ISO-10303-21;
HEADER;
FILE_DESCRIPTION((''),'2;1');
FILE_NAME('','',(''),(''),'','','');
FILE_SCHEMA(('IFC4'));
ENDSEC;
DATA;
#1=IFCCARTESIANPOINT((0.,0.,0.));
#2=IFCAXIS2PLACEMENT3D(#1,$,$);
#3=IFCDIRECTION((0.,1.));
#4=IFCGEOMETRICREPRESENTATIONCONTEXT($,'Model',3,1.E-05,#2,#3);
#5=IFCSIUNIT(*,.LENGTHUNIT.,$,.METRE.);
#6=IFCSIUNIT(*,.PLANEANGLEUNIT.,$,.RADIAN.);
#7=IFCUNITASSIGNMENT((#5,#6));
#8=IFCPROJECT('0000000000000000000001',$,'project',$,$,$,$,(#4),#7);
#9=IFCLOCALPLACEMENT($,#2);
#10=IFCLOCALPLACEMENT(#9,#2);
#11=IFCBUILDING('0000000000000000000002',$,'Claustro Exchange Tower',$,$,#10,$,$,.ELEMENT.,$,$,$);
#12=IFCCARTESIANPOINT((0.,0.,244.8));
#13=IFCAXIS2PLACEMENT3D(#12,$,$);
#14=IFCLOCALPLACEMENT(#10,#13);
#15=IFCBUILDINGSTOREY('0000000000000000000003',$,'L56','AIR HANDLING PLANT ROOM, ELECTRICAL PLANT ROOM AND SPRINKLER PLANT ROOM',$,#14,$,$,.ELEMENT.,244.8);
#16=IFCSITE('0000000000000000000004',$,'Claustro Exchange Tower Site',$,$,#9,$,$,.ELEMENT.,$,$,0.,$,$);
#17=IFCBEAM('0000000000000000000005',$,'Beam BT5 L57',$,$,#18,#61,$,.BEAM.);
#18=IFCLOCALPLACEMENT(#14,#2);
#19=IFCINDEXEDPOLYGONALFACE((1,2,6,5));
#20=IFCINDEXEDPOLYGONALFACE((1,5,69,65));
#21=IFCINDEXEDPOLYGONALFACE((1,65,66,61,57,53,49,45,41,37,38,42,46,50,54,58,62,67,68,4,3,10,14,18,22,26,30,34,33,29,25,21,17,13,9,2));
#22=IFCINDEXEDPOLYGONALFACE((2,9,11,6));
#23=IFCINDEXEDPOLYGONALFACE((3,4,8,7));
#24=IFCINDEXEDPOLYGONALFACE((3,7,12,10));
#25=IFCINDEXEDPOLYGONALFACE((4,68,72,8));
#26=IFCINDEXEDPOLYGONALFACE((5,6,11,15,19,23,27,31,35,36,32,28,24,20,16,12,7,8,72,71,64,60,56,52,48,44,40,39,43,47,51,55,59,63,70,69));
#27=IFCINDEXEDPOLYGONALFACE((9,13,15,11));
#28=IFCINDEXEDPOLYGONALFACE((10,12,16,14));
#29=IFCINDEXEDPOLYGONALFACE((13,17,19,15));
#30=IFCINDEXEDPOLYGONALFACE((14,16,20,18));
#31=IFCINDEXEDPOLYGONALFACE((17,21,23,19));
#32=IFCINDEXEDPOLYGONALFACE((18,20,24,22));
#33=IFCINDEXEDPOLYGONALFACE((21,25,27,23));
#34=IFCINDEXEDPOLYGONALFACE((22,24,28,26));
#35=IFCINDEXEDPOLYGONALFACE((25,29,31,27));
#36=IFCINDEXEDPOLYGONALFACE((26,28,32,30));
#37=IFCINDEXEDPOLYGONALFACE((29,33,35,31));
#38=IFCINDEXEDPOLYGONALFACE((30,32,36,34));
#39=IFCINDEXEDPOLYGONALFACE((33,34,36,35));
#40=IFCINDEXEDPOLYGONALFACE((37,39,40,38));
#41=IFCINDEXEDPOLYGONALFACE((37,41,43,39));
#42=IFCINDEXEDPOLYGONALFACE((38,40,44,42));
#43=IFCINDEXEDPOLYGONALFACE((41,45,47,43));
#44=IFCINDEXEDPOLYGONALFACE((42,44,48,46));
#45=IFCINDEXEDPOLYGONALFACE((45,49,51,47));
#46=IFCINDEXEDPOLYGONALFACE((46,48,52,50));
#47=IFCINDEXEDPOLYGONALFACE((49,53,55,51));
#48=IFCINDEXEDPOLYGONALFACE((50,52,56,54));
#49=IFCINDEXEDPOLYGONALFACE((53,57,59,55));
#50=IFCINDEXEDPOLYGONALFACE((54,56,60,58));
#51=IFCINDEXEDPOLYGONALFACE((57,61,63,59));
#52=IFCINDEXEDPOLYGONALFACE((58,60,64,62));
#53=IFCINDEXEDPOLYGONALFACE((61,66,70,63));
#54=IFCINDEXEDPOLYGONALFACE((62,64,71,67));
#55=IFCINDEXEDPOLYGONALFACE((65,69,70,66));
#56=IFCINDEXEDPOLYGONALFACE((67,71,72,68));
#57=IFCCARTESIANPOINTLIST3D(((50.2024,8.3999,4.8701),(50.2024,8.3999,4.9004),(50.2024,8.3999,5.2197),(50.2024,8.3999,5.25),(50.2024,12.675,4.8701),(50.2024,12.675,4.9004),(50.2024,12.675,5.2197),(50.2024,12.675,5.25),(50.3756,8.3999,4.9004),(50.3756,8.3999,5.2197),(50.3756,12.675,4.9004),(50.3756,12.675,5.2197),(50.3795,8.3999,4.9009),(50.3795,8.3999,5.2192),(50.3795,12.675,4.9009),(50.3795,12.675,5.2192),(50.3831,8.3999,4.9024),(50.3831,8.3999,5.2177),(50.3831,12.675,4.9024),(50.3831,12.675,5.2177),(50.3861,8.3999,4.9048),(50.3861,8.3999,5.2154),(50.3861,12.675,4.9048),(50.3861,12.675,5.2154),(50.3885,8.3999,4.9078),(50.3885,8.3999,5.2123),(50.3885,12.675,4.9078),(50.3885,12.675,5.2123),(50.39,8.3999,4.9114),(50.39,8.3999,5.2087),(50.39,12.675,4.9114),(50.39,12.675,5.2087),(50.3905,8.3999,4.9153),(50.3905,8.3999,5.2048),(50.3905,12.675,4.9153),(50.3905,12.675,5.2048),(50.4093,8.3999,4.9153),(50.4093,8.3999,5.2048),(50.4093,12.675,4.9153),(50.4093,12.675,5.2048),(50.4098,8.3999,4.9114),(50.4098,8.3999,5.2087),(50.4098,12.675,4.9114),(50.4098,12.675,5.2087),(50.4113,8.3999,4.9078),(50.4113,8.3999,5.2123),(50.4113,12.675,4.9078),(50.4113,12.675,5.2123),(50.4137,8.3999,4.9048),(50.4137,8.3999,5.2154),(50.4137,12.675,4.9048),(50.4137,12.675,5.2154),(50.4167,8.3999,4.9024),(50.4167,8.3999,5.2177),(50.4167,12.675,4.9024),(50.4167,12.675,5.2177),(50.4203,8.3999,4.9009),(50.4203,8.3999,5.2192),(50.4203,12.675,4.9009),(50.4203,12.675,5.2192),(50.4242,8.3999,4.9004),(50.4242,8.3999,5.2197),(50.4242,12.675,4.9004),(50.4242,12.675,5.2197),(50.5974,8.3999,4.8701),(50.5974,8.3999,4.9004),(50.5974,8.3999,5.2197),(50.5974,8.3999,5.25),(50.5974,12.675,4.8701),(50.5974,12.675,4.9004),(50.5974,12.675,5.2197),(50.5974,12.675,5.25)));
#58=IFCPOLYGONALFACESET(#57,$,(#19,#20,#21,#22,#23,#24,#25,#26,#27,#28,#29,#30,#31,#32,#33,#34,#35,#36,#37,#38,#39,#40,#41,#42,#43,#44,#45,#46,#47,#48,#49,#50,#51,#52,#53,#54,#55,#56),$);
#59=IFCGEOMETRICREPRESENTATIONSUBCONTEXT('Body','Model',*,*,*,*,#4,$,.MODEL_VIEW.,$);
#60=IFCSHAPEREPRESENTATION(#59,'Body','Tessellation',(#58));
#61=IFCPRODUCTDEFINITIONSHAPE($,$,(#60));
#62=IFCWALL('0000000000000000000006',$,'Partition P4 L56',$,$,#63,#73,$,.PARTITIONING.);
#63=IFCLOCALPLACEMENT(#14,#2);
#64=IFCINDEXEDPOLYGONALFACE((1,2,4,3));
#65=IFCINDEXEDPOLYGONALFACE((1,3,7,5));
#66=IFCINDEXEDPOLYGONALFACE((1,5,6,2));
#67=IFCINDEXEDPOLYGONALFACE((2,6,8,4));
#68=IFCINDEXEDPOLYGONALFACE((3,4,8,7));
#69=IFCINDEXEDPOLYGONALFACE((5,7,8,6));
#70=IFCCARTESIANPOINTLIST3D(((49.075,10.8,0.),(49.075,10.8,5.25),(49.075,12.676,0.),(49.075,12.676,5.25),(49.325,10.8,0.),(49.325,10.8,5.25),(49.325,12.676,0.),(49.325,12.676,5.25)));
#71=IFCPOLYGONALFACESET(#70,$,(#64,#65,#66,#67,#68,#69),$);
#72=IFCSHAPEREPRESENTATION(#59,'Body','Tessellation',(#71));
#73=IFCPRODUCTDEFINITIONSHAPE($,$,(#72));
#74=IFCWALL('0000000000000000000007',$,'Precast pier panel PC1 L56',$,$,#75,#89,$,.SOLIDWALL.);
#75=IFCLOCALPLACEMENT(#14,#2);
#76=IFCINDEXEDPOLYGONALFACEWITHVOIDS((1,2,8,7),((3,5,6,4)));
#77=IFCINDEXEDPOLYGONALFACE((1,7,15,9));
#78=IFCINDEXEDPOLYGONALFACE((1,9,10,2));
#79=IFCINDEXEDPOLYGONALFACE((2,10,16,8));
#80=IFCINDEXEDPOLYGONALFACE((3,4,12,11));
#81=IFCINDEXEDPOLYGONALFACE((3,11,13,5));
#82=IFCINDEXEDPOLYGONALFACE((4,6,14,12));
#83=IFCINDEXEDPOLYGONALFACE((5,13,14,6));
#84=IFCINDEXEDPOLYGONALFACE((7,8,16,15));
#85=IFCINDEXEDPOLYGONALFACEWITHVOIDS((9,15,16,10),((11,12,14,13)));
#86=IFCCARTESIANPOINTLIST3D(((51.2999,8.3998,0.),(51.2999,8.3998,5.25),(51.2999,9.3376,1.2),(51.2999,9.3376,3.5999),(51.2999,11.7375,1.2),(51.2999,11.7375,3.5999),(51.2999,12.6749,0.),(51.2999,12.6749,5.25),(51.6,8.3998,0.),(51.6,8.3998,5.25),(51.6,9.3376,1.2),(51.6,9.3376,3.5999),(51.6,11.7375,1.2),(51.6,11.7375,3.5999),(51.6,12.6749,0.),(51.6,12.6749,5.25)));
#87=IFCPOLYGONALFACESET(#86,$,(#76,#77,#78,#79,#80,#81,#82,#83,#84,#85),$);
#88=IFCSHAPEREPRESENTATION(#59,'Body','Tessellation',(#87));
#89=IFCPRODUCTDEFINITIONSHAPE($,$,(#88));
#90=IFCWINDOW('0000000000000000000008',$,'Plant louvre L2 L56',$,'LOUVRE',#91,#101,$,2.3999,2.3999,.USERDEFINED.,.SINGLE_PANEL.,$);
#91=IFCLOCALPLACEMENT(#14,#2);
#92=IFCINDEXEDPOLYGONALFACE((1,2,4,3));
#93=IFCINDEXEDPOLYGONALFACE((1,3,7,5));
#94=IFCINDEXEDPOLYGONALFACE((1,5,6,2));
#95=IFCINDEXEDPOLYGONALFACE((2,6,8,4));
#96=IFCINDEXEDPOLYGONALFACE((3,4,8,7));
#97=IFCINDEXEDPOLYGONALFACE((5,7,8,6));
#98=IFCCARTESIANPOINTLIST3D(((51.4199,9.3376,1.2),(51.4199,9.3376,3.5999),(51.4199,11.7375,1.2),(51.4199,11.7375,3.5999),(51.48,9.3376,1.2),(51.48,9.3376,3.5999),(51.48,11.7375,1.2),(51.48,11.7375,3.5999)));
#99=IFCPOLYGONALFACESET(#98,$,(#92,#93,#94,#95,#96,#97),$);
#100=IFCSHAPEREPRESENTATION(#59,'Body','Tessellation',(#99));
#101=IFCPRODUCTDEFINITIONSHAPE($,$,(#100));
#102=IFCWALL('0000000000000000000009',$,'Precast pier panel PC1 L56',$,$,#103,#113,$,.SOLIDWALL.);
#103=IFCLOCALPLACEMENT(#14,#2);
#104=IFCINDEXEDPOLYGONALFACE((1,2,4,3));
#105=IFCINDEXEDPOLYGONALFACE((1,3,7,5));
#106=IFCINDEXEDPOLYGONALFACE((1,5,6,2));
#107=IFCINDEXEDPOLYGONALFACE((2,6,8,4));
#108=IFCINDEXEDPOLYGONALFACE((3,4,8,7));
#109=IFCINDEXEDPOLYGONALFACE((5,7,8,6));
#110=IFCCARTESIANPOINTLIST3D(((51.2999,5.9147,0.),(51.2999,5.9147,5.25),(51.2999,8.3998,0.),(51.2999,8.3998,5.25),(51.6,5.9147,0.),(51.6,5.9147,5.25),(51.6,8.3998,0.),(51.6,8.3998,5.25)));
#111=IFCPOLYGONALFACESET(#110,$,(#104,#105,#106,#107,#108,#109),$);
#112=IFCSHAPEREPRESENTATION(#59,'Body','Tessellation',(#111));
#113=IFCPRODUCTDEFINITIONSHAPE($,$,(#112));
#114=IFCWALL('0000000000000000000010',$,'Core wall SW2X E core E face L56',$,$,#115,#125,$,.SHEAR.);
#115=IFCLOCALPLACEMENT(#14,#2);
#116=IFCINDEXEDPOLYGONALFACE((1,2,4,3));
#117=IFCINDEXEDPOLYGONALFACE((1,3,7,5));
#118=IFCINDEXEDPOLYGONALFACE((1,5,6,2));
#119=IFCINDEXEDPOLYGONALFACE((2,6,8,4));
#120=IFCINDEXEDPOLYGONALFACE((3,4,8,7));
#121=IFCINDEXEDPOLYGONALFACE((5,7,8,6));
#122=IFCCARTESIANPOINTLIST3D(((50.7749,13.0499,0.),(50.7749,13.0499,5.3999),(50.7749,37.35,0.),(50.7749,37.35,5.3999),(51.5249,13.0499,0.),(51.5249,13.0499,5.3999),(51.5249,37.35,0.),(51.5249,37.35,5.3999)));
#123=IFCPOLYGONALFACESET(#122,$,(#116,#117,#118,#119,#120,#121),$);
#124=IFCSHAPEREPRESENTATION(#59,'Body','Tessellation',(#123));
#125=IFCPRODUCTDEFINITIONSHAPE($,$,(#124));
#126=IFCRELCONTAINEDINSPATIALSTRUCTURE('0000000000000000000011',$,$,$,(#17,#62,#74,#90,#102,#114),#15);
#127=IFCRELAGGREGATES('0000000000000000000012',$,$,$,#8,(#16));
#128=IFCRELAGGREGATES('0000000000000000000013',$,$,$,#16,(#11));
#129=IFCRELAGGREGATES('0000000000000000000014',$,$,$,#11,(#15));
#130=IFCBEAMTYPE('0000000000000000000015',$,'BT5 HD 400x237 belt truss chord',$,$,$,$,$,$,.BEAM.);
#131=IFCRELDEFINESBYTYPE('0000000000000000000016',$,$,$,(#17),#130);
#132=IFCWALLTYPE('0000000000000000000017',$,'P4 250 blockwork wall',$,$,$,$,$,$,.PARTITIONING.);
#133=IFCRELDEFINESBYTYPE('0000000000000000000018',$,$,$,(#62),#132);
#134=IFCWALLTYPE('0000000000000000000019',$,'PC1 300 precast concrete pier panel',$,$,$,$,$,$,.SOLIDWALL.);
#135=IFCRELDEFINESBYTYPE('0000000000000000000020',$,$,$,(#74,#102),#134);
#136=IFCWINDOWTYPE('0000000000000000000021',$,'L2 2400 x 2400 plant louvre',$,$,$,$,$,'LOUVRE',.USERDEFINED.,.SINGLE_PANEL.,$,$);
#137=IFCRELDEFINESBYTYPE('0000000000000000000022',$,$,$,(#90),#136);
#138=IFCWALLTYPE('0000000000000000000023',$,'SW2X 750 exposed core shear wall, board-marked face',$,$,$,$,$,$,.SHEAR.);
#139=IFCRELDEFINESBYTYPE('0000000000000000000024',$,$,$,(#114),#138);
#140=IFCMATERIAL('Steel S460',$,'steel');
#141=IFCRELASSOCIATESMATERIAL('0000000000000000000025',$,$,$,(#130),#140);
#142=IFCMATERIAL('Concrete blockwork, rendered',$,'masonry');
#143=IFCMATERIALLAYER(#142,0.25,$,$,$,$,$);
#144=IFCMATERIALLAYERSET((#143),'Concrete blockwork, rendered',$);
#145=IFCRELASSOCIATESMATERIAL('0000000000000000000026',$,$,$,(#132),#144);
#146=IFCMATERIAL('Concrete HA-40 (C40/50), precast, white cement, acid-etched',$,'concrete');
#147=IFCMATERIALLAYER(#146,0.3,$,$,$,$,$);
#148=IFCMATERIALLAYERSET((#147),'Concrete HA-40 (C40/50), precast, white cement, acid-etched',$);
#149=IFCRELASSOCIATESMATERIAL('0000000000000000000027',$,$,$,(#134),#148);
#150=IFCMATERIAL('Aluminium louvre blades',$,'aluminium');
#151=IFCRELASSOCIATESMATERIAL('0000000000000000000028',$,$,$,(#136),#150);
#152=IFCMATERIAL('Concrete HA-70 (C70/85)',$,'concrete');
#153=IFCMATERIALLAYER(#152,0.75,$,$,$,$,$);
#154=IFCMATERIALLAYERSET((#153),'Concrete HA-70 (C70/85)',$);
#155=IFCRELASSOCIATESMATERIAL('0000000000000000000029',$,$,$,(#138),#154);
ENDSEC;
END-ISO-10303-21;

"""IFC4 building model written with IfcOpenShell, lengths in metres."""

from ifc_helpers import new_model, si_unit, direction, frame, frame_2d, origin, origin_2d, place, context, subcontext, project, spatial, rectangle, i_section, extrude, material, layer, layer_set, material_profile, profile_set, type_object, element, fill, save


model = new_model("IFC4")

# Units and contexts
model_context = context("Model", 3, precision=1e-05, world=origin(), true_north=direction((0.0, 1.0)))
body_context = subcontext(model_context, "Body", "Model", "MODEL_VIEW")
ifc_project = project(units=[si_unit("LENGTHUNIT", "METRE"), si_unit("PLANEANGLEUNIT", "RADIAN")], contexts=[model_context])

# Site, building, storey
site_placement = place(None, origin())
site = spatial("IfcSite", under=ifc_project, at=site_placement, Name="Claustro Exchange Tower Site", CompositionType="ELEMENT", RefElevation=0.0)
building_placement = place(site_placement, origin())
building = spatial("IfcBuilding", under=site, at=building_placement, Name="Claustro Exchange Tower", CompositionType="ELEMENT")
storey_placement = place(building_placement, frame((0.0, 0.0, 244.8)))
storey = spatial("IfcBuildingStorey", under=building, at=storey_placement, Name="L56", Description="AIR HANDLING PLANT ROOM, ELECTRICAL PLANT ROOM AND SPRINKLER PLANT ROOM", CompositionType="ELEMENT", Elevation=244.8)

# Beam
ifc_material_1 = material(Name="Steel S460", Category="steel")
ifc_material_profile = material_profile(ifc_material_1, i_section(OverallWidth=0.395, OverallDepth=0.3799, WebThickness=0.0188, FlangeThickness=0.0303, FilletRadius=0.0149, at=origin_2d()), Name="HD 400x237")
ifc_profile_set = profile_set([ifc_material_profile], Name="Steel S460")
beam_type = type_object("IfcBeamType", Name="BT5 HD 400x237 belt truss chord", PredefinedType="BEAM", material=ifc_profile_set)
beam_placement = place(storey_placement, frame((50.3999, 8.3999, 5.0601), z_axis=(0.0, 1.0, 0.0), x_axis=(-1.0, 0.0, 0.0)))
element("IfcBeam", 1, at=beam_placement, inside=storey, type_object=beam_type, Name="Beam BT5 L57", PredefinedType="BEAM", context=body_context, shape_type="SweptSolid", body=[
    extrude(i_section(OverallWidth=0.395, OverallDepth=0.3799, WebThickness=0.0188, FlangeThickness=0.0303, FilletRadius=0.0149, at=origin_2d()), origin(), (0.0, 0.0, 1.0), 4.2751),
])

# Wall
ifc_material_2 = material(Name="Concrete blockwork, rendered", Category="masonry")
ifc_layer_1 = layer(ifc_material_2, 0.25)
ifc_layer_set_1 = layer_set([ifc_layer_1], Name="Concrete blockwork, rendered")
wall_type_1 = type_object("IfcWallType", Name="P4 250 blockwork wall", PredefinedType="PARTITIONING", material=ifc_layer_set_1)
wall_1_placement = place(storey_placement, frame((49.2, 10.8, 0.0), z_axis=(0.0, 0.0, 1.0), x_axis=(0.0, 1.0, 0.0)))
element("IfcWall", 2, at=wall_1_placement, inside=storey, type_object=wall_type_1, Name="Partition P4 L56", PredefinedType="PARTITIONING", context=body_context, shape_type="SweptSolid", body=[
    extrude(rectangle(XDim=1.876, YDim=0.25, at=frame_2d((0.938, 0.0))), origin(), (0.0, 0.0, 1.0), 5.25),
])

# Wall, opening, window
ifc_material_3 = material(Name="Concrete HA-40 (C40/50), precast, white cement, acid-etched", Category="concrete")
ifc_layer_2 = layer(ifc_material_3, 0.3)
ifc_layer_set_2 = layer_set([ifc_layer_2], Name="Concrete HA-40 (C40/50), precast, white cement, acid-etched")
wall_type_2 = type_object("IfcWallType", Name="PC1 300 precast concrete pier panel", PredefinedType="SOLIDWALL", material=ifc_layer_set_2)
wall_2_placement = place(storey_placement, frame((51.45, 12.675, 0.0), z_axis=(0.0, 0.0, 1.0), x_axis=(0.0, -1.0, 0.0)))
wall_2 = element("IfcWall", 3, at=wall_2_placement, inside=storey, type_object=wall_type_2, Name="Precast pier panel PC1 L56", PredefinedType="SOLIDWALL", context=body_context, shape_type="SweptSolid", body=[
    extrude(rectangle(XDim=4.2751, YDim=0.3, at=frame_2d((2.1377, 0.0))), origin(), (0.0, 0.0, 1.0), 5.25),
])
opening_1_placement = place(wall_2_placement, frame((0.9375, 0.0, 1.2)))
opening_1 = element("IfcOpeningElement", 4, at=opening_1_placement, cuts=wall_2, PredefinedType="OPENING", context=body_context, shape_type="SweptSolid", body=[
    extrude(rectangle(XDim=2.3999, YDim=2.3999, at=frame_2d((1.2, 1.2))), frame((0.0, 0.1599, 0.0), z_axis=(0.0, -1.0, 0.0), x_axis=(1.0, 0.0, 0.0)), (0.0, 0.0, 1.0), 0.3201),
])
ifc_material_4 = material(Name="Aluminium louvre blades", Category="aluminium")
window_type = type_object("IfcWindowType", Name="L2 2400 x 2400 plant louvre", ElementType="LOUVRE", PartitioningType="SINGLE_PANEL", PredefinedType="USERDEFINED", material=ifc_material_4)
window_placement = place(opening_1_placement, origin())
window = element("IfcWindow", 5, at=window_placement, inside=storey, type_object=window_type, Name="Plant louvre L2 L56", ObjectType="LOUVRE", OverallHeight=2.3999, OverallWidth=2.3999, PartitioningType="SINGLE_PANEL", PredefinedType="USERDEFINED", context=body_context, shape_type="SweptSolid", body=[
    extrude(rectangle(XDim=2.3999, YDim=2.3999, at=frame_2d((1.2, 1.2))), frame((0.0, 0.03, 0.0), z_axis=(0.0, -1.0, 0.0), x_axis=(1.0, 0.0, 0.0)), (0.0, 0.0, 1.0), 0.0601),
])
fill(opening_1, window)

# Walls
wall_3_placement = place(storey_placement, frame((51.45, 8.3999, 0.0), z_axis=(0.0, 0.0, 1.0), x_axis=(0.0, -1.0, 0.0)))
element("IfcWall", 6, at=wall_3_placement, inside=storey, type_object=wall_type_2, Name="Precast pier panel PC1 L56", PredefinedType="SOLIDWALL", context=body_context, shape_type="SweptSolid", body=[
    extrude(rectangle(XDim=2.4851, YDim=0.3, at=frame_2d((1.2427, 0.0))), origin(), (0.0, 0.0, 1.0), 5.25),
])
ifc_material_5 = material(Name="Concrete HA-70 (C70/85)", Category="concrete")
ifc_layer_3 = layer(ifc_material_5, 0.75)
ifc_layer_set_3 = layer_set([ifc_layer_3], Name="Concrete HA-70 (C70/85)")
wall_type_3 = type_object("IfcWallType", Name="SW2X 750 exposed core shear wall, board-marked face", PredefinedType="SHEAR", material=ifc_layer_set_3)
wall_4_placement = place(storey_placement, frame((51.1499, 13.05, 0.0), z_axis=(0.0, 0.0, 1.0), x_axis=(0.0, 1.0, 0.0)))
element("IfcWall", 7, at=wall_4_placement, inside=storey, type_object=wall_type_3, Name="Core wall SW2X E core E face L56", PredefinedType="SHEAR", context=body_context, shape_type="SweptSolid", body=[
    extrude(rectangle(XDim=24.3, YDim=0.75, at=frame_2d((12.1499, 0.0))), origin(), (0.0, 0.0, 1.0), 5.3999),
])

save(model, "model.ifc")
